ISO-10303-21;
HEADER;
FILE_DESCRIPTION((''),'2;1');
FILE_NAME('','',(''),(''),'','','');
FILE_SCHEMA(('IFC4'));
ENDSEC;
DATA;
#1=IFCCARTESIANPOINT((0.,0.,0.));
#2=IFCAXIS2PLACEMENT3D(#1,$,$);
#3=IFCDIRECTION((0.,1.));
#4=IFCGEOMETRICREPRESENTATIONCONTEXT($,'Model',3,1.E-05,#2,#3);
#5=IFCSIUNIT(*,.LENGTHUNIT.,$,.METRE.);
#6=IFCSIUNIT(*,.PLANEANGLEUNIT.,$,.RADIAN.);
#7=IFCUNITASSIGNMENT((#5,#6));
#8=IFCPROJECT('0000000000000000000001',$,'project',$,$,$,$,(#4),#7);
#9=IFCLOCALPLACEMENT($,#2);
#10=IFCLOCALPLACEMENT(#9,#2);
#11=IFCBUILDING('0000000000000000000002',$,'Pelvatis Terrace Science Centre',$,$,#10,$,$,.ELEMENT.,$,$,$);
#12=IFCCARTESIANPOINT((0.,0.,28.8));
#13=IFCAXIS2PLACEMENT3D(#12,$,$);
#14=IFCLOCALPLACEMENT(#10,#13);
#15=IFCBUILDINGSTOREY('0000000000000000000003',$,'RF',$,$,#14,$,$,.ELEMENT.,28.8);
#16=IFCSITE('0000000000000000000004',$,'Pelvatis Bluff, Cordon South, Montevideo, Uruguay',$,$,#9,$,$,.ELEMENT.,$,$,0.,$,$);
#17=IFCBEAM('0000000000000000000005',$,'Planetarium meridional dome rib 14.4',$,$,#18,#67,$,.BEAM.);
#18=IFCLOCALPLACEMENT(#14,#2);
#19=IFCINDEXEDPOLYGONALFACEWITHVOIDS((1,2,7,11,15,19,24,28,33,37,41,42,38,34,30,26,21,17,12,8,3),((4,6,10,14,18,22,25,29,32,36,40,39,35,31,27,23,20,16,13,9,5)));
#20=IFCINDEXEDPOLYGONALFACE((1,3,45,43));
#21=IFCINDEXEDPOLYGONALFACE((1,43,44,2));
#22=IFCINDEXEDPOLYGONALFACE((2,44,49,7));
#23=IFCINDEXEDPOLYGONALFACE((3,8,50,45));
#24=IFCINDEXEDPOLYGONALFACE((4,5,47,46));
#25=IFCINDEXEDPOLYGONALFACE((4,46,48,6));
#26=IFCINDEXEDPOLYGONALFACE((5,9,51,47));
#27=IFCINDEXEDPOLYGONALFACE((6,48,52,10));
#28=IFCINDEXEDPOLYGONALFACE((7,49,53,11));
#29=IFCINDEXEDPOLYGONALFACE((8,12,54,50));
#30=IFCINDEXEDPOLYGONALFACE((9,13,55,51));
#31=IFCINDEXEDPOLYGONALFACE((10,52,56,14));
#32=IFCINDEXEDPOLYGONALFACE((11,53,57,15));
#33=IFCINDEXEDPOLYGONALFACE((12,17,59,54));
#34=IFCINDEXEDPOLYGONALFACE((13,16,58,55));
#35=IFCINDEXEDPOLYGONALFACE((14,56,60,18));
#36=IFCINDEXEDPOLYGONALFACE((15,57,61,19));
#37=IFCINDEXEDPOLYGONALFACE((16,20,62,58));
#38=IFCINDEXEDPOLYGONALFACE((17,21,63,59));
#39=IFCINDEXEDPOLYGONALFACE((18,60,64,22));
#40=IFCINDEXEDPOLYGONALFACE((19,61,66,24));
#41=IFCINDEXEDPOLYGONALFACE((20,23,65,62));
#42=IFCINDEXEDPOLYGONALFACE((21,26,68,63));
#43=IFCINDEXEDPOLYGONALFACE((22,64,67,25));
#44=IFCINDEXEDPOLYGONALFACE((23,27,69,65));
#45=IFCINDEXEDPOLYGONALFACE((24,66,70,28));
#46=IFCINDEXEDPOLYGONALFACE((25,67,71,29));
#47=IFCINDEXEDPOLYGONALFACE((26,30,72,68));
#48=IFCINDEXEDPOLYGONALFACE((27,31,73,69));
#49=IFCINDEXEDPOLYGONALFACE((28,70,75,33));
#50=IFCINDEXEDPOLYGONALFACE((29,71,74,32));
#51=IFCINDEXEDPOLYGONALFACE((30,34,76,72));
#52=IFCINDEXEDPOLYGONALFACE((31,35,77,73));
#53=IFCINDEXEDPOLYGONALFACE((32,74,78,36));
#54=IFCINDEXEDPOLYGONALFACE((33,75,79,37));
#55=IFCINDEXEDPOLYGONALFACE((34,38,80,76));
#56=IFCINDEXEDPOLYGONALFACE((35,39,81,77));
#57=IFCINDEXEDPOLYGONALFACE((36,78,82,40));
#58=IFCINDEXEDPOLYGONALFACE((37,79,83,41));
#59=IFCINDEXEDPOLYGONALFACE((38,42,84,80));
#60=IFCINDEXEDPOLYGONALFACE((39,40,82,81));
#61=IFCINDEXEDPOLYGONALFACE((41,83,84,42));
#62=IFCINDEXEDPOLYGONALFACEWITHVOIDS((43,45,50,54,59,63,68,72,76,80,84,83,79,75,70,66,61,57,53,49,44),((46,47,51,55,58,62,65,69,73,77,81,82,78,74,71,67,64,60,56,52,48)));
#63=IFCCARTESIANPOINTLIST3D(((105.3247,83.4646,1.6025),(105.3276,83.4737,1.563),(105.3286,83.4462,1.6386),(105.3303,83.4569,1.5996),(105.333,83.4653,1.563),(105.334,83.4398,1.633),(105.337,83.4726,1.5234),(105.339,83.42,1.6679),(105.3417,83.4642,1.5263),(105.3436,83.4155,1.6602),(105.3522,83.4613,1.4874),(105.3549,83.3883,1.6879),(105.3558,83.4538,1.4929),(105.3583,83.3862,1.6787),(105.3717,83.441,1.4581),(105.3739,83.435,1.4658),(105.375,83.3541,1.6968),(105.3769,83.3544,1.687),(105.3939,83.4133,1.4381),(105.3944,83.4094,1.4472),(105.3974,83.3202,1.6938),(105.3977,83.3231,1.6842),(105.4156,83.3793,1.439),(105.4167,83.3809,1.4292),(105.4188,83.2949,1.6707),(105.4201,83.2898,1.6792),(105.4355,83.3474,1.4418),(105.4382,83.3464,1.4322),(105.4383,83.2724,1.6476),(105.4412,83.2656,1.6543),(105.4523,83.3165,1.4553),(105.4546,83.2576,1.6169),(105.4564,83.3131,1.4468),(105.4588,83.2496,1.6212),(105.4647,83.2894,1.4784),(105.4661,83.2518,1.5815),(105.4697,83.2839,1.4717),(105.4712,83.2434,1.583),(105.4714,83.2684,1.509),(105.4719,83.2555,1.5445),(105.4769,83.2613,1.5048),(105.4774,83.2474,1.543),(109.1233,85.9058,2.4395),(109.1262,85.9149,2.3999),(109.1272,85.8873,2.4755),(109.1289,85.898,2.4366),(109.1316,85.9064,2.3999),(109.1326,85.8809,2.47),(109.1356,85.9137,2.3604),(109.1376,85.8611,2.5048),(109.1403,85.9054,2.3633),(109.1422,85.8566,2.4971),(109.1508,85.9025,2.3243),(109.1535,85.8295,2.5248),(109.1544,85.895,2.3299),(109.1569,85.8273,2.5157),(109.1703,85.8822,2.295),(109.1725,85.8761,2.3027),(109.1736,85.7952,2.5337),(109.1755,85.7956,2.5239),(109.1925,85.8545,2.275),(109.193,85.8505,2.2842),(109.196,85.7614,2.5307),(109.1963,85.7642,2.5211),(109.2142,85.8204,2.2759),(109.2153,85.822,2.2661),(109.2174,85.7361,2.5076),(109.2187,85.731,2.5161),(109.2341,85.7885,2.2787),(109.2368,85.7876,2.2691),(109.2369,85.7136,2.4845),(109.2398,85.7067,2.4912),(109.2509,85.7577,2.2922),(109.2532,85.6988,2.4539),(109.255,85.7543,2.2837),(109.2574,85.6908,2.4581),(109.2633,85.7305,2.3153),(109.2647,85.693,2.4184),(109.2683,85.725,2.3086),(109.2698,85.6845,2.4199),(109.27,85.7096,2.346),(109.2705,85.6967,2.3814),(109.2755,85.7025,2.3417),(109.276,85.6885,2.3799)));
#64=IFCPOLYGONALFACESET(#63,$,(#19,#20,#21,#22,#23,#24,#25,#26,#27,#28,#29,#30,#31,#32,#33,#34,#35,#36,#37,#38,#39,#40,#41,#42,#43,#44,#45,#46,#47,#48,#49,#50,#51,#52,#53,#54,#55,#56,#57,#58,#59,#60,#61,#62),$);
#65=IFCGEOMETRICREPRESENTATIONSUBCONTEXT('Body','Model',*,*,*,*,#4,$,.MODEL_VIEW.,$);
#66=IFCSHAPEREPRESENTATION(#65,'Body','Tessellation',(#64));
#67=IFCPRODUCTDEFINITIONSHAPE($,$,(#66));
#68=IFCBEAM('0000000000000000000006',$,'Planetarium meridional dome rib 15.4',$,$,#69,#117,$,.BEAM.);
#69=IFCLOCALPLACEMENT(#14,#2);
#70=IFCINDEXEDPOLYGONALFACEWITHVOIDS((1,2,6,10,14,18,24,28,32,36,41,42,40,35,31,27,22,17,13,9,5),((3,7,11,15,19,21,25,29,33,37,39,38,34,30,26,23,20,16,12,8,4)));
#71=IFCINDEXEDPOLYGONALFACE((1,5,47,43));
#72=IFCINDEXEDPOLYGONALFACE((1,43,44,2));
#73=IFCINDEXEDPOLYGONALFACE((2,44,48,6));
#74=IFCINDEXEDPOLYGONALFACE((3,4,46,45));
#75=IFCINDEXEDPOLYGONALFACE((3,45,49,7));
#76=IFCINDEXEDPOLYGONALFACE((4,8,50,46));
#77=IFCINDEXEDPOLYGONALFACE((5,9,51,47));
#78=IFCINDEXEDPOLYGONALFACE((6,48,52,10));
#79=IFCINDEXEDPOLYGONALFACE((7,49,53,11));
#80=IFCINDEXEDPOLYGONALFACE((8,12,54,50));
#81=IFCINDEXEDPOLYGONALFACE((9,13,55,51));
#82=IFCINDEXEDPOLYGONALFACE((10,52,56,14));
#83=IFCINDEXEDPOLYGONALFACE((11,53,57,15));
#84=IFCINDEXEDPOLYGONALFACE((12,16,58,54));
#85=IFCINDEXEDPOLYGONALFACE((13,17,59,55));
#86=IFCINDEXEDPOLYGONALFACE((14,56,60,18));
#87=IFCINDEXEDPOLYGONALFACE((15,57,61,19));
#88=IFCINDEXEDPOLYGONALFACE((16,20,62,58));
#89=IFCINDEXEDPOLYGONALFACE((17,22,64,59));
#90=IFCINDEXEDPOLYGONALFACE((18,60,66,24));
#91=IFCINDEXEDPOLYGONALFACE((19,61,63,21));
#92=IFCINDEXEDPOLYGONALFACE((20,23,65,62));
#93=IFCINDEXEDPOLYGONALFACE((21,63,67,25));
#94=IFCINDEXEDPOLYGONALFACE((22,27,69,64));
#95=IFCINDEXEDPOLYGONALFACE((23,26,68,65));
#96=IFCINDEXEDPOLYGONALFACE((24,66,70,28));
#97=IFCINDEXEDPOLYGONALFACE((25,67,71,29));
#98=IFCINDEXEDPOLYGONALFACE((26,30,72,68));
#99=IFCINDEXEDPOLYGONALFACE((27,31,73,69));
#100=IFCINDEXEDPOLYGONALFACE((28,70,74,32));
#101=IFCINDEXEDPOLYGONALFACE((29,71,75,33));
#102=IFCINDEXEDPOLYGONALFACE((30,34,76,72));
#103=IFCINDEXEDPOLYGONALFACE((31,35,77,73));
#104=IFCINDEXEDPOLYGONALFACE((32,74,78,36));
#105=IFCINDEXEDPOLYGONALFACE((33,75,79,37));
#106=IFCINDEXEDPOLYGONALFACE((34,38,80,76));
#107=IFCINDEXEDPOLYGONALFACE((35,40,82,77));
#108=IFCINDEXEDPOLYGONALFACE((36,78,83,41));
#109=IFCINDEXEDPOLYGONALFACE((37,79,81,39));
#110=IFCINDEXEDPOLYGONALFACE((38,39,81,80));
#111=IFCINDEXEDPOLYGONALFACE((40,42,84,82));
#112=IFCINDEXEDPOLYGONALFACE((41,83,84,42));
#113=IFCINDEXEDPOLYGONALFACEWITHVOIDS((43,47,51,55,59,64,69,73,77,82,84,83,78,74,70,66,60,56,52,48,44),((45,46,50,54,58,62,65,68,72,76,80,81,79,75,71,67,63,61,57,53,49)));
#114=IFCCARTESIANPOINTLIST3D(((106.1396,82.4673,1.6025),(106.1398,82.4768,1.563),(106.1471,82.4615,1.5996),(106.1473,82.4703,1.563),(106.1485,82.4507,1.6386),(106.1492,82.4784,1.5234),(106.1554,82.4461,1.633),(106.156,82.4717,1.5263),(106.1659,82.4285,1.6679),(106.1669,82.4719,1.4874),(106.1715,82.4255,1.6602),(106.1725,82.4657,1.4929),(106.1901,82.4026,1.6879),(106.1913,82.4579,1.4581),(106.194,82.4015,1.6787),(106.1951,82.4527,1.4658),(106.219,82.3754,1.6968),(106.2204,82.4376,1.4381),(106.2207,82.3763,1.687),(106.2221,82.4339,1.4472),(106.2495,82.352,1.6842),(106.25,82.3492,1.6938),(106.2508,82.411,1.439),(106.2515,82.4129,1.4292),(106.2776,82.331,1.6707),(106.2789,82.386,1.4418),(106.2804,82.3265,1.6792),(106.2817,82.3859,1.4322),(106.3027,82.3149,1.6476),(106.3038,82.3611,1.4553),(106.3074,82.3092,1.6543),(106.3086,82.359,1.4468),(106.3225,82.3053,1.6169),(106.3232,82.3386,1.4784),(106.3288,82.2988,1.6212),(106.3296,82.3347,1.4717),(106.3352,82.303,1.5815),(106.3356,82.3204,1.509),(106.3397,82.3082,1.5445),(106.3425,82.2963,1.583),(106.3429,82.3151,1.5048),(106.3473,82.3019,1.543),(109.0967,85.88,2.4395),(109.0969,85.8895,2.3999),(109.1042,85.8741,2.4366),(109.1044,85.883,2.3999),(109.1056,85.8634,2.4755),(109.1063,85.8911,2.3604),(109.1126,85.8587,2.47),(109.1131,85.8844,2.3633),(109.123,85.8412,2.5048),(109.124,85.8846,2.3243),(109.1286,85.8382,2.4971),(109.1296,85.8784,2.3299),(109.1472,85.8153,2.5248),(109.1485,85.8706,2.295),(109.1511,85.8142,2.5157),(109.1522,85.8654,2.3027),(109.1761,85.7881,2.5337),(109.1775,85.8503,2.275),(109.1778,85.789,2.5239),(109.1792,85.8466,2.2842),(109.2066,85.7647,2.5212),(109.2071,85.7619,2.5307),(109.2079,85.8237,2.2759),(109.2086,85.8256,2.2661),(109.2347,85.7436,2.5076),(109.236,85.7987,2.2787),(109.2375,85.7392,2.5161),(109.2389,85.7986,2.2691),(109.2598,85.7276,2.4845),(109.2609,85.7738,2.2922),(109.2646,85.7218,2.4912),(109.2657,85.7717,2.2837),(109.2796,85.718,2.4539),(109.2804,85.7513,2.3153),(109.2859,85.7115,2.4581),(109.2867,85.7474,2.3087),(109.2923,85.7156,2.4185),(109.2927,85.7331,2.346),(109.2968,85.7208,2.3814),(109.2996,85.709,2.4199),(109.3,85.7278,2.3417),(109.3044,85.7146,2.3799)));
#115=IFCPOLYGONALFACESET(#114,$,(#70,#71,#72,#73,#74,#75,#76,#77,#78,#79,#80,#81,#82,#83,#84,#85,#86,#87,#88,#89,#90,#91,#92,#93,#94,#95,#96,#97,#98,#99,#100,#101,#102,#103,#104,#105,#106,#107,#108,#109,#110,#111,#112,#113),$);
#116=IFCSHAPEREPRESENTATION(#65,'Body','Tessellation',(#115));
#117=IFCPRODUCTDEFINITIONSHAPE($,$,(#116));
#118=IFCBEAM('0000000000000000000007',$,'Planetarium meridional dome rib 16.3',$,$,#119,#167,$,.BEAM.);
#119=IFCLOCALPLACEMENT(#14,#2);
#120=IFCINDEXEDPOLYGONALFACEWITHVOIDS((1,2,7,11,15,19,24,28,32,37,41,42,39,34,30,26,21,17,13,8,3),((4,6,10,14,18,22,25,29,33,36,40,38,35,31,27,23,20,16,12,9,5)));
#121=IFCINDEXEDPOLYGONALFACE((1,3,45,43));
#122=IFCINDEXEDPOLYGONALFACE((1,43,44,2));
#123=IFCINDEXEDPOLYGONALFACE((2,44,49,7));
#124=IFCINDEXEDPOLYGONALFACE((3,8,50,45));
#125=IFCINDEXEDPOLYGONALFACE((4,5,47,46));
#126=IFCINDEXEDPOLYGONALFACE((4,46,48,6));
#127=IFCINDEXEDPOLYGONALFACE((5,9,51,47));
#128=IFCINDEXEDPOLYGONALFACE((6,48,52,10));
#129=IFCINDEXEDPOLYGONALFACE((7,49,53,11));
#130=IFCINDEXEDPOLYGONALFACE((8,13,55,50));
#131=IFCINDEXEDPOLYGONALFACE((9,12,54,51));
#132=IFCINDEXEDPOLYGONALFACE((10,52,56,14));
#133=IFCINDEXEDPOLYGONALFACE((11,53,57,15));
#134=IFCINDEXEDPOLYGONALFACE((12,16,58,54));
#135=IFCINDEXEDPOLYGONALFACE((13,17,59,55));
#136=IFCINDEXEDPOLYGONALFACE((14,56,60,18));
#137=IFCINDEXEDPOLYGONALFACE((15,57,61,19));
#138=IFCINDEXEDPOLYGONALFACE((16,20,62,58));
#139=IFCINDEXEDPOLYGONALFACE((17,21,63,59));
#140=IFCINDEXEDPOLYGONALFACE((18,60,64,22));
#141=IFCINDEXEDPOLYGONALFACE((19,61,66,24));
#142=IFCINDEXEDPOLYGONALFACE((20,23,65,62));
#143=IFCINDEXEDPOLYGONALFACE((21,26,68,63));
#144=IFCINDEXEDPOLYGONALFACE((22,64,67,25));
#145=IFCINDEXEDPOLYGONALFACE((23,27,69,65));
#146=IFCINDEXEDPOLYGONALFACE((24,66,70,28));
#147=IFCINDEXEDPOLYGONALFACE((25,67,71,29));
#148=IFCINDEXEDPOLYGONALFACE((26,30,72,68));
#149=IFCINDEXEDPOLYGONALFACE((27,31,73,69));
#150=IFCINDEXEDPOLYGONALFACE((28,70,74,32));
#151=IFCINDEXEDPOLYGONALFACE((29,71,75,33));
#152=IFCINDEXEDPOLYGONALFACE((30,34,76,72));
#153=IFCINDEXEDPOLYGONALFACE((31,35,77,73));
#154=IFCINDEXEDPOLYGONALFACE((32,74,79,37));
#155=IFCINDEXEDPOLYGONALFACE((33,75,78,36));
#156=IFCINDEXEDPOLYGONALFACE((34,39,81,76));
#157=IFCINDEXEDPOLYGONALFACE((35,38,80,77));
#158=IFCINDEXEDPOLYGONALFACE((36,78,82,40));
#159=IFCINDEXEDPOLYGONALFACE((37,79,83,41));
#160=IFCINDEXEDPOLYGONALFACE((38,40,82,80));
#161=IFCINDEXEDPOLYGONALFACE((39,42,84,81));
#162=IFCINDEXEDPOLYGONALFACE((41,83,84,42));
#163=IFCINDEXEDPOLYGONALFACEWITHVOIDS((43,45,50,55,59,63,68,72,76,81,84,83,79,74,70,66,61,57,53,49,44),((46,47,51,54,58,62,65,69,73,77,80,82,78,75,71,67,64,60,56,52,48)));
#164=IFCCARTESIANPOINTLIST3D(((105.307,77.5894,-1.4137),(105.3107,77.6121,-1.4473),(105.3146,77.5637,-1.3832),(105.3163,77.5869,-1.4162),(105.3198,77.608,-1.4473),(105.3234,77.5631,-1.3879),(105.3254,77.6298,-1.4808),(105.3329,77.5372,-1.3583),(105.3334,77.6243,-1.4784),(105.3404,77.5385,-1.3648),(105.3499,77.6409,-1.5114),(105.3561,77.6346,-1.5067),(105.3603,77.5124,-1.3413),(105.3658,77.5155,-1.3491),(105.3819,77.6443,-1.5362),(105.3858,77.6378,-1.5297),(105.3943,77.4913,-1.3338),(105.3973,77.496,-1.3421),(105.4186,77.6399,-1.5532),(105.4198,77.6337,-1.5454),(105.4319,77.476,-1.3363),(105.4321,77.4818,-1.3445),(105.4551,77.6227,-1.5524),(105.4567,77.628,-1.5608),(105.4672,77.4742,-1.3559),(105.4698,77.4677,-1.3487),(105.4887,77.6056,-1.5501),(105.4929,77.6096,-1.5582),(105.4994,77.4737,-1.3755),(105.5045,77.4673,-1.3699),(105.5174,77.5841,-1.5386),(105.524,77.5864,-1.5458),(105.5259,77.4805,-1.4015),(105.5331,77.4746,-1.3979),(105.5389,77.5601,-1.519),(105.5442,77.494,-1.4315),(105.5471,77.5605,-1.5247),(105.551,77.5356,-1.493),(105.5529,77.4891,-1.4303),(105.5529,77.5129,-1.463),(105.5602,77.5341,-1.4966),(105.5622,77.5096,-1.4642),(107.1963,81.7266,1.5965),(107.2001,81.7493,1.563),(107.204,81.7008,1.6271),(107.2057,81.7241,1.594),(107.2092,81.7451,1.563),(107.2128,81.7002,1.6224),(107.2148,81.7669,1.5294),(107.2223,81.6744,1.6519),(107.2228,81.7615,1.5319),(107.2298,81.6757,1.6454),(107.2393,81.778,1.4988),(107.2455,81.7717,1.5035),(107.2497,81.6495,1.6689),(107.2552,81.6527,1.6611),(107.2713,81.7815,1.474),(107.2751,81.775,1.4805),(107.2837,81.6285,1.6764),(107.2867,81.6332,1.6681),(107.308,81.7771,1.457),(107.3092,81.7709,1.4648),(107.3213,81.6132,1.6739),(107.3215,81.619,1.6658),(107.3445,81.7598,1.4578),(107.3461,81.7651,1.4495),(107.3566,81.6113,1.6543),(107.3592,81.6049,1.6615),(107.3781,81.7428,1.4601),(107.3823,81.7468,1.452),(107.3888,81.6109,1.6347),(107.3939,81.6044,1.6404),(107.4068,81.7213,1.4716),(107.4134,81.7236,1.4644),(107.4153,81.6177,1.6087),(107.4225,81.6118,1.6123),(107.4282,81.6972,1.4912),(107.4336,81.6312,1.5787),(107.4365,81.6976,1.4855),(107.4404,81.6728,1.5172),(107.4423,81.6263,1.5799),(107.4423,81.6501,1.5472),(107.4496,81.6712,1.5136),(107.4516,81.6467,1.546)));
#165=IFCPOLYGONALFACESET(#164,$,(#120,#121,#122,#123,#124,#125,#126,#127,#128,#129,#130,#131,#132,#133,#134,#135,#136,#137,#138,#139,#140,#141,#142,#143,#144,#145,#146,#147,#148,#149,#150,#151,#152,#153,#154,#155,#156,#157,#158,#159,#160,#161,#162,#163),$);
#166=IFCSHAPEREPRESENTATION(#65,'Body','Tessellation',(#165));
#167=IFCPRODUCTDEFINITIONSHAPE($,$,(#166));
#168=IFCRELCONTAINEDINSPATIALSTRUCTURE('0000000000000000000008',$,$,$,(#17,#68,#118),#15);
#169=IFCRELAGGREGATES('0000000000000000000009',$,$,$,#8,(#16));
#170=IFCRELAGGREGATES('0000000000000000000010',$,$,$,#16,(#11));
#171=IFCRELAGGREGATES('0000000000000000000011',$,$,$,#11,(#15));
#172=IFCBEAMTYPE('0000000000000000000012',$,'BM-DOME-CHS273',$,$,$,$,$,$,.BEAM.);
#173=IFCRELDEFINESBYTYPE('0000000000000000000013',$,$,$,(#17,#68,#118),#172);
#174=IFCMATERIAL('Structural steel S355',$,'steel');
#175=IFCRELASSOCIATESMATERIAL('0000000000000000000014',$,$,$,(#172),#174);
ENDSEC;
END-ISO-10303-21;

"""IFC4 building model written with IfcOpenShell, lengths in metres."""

from ifc_helpers import new_model, si_unit, direction, frame, origin, origin_2d, place, context, subcontext, project, spatial, hollow_circle, extrude, material, material_profile, profile_set, type_object, element, save


model = new_model("IFC4")

# Units and contexts
model_context = context("Model", 3, precision=1e-05, world=origin(), true_north=direction((0.0, 1.0)))
body_context = subcontext(model_context, "Body", "Model", "MODEL_VIEW")
ifc_project = project(units=[si_unit("LENGTHUNIT", "METRE"), si_unit("PLANEANGLEUNIT", "RADIAN")], contexts=[model_context])

# Site, building, storey
site_placement = place(None, origin())
site = spatial("IfcSite", under=ifc_project, at=site_placement, Name="Pelvatis Bluff, Cordon South, Montevideo, Uruguay", CompositionType="ELEMENT", RefElevation=0.0)
building_placement = place(site_placement, origin())
building = spatial("IfcBuilding", under=site, at=building_placement, Name="Pelvatis Terrace Science Centre", CompositionType="ELEMENT")
storey_placement = place(building_placement, frame((0.0, 0.0, 28.8)))
storey = spatial("IfcBuildingStorey", under=building, at=storey_placement, Name="RF", CompositionType="ELEMENT", Elevation=28.8)

# Beams
ifc_material_1 = material(Name="Structural steel S355", Category="steel")
ifc_material_profile_1 = material_profile(ifc_material_1, hollow_circle(Radius=0.1365, WallThickness=0.01, at=origin_2d()), Name="CHS 273.0x10.0")
ifc_profile_set_1 = profile_set([ifc_material_profile_1], Name="Structural steel S355")
beam_type_1 = type_object("IfcBeamType", Name="BM-DOME-CHS273", PredefinedType="BEAM", material=ifc_profile_set_1)
beam_1_placement = place(storey_placement, frame((105.4014, 83.3589, 1.563), z_axis=(0.827169, 0.531581, 0.182244), x_axis=(-0.540635, 0.841258, 0.0)))
element("IfcBeam", 1, at=beam_1_placement, inside=storey, type_object=beam_type_1, Name="Planetarium meridional dome rib 14.4", PredefinedType="BEAM", context=body_context, shape_type="SweptSolid", body=[
    extrude(hollow_circle(Radius=0.1365, WallThickness=0.01, at=origin_2d()), origin(), (0.0, 0.0, 1.0), 4.5923),
])
beam_2_placement = place(storey_placement, frame((106.2429, 82.3875, 1.563), z_axis=(0.643895, 0.743094, 0.182238), x_axis=(-0.75575, 0.654861, 0.0)))
element("IfcBeam", 2, at=beam_2_placement, inside=storey, type_object=beam_type_1, Name="Planetarium meridional dome rib 15.4", PredefinedType="BEAM", context=body_context, shape_type="SweptSolid", body=[
    extrude(hollow_circle(Radius=0.1365, WallThickness=0.01, at=origin_2d()), origin(), (0.0, 0.0, 1.0), 4.5925),
])
beam_3_placement = place(storey_placement, frame((105.4348, 77.5554, -1.4473), z_axis=(0.346415, 0.75854, 0.551918), x_axis=(-0.909632, 0.415416, 0.0)))
element("IfcBeam", 3, at=beam_3_placement, inside=storey, type_object=beam_type_1, Name="Planetarium meridional dome rib 16.3", PredefinedType="BEAM", context=body_context, shape_type="SweptSolid", body=[
    extrude(hollow_circle(Radius=0.1365, WallThickness=0.01, at=origin_2d()), origin(), (0.0, 0.0, 1.0), 5.4541),
])

save(model, "model.ifc")
